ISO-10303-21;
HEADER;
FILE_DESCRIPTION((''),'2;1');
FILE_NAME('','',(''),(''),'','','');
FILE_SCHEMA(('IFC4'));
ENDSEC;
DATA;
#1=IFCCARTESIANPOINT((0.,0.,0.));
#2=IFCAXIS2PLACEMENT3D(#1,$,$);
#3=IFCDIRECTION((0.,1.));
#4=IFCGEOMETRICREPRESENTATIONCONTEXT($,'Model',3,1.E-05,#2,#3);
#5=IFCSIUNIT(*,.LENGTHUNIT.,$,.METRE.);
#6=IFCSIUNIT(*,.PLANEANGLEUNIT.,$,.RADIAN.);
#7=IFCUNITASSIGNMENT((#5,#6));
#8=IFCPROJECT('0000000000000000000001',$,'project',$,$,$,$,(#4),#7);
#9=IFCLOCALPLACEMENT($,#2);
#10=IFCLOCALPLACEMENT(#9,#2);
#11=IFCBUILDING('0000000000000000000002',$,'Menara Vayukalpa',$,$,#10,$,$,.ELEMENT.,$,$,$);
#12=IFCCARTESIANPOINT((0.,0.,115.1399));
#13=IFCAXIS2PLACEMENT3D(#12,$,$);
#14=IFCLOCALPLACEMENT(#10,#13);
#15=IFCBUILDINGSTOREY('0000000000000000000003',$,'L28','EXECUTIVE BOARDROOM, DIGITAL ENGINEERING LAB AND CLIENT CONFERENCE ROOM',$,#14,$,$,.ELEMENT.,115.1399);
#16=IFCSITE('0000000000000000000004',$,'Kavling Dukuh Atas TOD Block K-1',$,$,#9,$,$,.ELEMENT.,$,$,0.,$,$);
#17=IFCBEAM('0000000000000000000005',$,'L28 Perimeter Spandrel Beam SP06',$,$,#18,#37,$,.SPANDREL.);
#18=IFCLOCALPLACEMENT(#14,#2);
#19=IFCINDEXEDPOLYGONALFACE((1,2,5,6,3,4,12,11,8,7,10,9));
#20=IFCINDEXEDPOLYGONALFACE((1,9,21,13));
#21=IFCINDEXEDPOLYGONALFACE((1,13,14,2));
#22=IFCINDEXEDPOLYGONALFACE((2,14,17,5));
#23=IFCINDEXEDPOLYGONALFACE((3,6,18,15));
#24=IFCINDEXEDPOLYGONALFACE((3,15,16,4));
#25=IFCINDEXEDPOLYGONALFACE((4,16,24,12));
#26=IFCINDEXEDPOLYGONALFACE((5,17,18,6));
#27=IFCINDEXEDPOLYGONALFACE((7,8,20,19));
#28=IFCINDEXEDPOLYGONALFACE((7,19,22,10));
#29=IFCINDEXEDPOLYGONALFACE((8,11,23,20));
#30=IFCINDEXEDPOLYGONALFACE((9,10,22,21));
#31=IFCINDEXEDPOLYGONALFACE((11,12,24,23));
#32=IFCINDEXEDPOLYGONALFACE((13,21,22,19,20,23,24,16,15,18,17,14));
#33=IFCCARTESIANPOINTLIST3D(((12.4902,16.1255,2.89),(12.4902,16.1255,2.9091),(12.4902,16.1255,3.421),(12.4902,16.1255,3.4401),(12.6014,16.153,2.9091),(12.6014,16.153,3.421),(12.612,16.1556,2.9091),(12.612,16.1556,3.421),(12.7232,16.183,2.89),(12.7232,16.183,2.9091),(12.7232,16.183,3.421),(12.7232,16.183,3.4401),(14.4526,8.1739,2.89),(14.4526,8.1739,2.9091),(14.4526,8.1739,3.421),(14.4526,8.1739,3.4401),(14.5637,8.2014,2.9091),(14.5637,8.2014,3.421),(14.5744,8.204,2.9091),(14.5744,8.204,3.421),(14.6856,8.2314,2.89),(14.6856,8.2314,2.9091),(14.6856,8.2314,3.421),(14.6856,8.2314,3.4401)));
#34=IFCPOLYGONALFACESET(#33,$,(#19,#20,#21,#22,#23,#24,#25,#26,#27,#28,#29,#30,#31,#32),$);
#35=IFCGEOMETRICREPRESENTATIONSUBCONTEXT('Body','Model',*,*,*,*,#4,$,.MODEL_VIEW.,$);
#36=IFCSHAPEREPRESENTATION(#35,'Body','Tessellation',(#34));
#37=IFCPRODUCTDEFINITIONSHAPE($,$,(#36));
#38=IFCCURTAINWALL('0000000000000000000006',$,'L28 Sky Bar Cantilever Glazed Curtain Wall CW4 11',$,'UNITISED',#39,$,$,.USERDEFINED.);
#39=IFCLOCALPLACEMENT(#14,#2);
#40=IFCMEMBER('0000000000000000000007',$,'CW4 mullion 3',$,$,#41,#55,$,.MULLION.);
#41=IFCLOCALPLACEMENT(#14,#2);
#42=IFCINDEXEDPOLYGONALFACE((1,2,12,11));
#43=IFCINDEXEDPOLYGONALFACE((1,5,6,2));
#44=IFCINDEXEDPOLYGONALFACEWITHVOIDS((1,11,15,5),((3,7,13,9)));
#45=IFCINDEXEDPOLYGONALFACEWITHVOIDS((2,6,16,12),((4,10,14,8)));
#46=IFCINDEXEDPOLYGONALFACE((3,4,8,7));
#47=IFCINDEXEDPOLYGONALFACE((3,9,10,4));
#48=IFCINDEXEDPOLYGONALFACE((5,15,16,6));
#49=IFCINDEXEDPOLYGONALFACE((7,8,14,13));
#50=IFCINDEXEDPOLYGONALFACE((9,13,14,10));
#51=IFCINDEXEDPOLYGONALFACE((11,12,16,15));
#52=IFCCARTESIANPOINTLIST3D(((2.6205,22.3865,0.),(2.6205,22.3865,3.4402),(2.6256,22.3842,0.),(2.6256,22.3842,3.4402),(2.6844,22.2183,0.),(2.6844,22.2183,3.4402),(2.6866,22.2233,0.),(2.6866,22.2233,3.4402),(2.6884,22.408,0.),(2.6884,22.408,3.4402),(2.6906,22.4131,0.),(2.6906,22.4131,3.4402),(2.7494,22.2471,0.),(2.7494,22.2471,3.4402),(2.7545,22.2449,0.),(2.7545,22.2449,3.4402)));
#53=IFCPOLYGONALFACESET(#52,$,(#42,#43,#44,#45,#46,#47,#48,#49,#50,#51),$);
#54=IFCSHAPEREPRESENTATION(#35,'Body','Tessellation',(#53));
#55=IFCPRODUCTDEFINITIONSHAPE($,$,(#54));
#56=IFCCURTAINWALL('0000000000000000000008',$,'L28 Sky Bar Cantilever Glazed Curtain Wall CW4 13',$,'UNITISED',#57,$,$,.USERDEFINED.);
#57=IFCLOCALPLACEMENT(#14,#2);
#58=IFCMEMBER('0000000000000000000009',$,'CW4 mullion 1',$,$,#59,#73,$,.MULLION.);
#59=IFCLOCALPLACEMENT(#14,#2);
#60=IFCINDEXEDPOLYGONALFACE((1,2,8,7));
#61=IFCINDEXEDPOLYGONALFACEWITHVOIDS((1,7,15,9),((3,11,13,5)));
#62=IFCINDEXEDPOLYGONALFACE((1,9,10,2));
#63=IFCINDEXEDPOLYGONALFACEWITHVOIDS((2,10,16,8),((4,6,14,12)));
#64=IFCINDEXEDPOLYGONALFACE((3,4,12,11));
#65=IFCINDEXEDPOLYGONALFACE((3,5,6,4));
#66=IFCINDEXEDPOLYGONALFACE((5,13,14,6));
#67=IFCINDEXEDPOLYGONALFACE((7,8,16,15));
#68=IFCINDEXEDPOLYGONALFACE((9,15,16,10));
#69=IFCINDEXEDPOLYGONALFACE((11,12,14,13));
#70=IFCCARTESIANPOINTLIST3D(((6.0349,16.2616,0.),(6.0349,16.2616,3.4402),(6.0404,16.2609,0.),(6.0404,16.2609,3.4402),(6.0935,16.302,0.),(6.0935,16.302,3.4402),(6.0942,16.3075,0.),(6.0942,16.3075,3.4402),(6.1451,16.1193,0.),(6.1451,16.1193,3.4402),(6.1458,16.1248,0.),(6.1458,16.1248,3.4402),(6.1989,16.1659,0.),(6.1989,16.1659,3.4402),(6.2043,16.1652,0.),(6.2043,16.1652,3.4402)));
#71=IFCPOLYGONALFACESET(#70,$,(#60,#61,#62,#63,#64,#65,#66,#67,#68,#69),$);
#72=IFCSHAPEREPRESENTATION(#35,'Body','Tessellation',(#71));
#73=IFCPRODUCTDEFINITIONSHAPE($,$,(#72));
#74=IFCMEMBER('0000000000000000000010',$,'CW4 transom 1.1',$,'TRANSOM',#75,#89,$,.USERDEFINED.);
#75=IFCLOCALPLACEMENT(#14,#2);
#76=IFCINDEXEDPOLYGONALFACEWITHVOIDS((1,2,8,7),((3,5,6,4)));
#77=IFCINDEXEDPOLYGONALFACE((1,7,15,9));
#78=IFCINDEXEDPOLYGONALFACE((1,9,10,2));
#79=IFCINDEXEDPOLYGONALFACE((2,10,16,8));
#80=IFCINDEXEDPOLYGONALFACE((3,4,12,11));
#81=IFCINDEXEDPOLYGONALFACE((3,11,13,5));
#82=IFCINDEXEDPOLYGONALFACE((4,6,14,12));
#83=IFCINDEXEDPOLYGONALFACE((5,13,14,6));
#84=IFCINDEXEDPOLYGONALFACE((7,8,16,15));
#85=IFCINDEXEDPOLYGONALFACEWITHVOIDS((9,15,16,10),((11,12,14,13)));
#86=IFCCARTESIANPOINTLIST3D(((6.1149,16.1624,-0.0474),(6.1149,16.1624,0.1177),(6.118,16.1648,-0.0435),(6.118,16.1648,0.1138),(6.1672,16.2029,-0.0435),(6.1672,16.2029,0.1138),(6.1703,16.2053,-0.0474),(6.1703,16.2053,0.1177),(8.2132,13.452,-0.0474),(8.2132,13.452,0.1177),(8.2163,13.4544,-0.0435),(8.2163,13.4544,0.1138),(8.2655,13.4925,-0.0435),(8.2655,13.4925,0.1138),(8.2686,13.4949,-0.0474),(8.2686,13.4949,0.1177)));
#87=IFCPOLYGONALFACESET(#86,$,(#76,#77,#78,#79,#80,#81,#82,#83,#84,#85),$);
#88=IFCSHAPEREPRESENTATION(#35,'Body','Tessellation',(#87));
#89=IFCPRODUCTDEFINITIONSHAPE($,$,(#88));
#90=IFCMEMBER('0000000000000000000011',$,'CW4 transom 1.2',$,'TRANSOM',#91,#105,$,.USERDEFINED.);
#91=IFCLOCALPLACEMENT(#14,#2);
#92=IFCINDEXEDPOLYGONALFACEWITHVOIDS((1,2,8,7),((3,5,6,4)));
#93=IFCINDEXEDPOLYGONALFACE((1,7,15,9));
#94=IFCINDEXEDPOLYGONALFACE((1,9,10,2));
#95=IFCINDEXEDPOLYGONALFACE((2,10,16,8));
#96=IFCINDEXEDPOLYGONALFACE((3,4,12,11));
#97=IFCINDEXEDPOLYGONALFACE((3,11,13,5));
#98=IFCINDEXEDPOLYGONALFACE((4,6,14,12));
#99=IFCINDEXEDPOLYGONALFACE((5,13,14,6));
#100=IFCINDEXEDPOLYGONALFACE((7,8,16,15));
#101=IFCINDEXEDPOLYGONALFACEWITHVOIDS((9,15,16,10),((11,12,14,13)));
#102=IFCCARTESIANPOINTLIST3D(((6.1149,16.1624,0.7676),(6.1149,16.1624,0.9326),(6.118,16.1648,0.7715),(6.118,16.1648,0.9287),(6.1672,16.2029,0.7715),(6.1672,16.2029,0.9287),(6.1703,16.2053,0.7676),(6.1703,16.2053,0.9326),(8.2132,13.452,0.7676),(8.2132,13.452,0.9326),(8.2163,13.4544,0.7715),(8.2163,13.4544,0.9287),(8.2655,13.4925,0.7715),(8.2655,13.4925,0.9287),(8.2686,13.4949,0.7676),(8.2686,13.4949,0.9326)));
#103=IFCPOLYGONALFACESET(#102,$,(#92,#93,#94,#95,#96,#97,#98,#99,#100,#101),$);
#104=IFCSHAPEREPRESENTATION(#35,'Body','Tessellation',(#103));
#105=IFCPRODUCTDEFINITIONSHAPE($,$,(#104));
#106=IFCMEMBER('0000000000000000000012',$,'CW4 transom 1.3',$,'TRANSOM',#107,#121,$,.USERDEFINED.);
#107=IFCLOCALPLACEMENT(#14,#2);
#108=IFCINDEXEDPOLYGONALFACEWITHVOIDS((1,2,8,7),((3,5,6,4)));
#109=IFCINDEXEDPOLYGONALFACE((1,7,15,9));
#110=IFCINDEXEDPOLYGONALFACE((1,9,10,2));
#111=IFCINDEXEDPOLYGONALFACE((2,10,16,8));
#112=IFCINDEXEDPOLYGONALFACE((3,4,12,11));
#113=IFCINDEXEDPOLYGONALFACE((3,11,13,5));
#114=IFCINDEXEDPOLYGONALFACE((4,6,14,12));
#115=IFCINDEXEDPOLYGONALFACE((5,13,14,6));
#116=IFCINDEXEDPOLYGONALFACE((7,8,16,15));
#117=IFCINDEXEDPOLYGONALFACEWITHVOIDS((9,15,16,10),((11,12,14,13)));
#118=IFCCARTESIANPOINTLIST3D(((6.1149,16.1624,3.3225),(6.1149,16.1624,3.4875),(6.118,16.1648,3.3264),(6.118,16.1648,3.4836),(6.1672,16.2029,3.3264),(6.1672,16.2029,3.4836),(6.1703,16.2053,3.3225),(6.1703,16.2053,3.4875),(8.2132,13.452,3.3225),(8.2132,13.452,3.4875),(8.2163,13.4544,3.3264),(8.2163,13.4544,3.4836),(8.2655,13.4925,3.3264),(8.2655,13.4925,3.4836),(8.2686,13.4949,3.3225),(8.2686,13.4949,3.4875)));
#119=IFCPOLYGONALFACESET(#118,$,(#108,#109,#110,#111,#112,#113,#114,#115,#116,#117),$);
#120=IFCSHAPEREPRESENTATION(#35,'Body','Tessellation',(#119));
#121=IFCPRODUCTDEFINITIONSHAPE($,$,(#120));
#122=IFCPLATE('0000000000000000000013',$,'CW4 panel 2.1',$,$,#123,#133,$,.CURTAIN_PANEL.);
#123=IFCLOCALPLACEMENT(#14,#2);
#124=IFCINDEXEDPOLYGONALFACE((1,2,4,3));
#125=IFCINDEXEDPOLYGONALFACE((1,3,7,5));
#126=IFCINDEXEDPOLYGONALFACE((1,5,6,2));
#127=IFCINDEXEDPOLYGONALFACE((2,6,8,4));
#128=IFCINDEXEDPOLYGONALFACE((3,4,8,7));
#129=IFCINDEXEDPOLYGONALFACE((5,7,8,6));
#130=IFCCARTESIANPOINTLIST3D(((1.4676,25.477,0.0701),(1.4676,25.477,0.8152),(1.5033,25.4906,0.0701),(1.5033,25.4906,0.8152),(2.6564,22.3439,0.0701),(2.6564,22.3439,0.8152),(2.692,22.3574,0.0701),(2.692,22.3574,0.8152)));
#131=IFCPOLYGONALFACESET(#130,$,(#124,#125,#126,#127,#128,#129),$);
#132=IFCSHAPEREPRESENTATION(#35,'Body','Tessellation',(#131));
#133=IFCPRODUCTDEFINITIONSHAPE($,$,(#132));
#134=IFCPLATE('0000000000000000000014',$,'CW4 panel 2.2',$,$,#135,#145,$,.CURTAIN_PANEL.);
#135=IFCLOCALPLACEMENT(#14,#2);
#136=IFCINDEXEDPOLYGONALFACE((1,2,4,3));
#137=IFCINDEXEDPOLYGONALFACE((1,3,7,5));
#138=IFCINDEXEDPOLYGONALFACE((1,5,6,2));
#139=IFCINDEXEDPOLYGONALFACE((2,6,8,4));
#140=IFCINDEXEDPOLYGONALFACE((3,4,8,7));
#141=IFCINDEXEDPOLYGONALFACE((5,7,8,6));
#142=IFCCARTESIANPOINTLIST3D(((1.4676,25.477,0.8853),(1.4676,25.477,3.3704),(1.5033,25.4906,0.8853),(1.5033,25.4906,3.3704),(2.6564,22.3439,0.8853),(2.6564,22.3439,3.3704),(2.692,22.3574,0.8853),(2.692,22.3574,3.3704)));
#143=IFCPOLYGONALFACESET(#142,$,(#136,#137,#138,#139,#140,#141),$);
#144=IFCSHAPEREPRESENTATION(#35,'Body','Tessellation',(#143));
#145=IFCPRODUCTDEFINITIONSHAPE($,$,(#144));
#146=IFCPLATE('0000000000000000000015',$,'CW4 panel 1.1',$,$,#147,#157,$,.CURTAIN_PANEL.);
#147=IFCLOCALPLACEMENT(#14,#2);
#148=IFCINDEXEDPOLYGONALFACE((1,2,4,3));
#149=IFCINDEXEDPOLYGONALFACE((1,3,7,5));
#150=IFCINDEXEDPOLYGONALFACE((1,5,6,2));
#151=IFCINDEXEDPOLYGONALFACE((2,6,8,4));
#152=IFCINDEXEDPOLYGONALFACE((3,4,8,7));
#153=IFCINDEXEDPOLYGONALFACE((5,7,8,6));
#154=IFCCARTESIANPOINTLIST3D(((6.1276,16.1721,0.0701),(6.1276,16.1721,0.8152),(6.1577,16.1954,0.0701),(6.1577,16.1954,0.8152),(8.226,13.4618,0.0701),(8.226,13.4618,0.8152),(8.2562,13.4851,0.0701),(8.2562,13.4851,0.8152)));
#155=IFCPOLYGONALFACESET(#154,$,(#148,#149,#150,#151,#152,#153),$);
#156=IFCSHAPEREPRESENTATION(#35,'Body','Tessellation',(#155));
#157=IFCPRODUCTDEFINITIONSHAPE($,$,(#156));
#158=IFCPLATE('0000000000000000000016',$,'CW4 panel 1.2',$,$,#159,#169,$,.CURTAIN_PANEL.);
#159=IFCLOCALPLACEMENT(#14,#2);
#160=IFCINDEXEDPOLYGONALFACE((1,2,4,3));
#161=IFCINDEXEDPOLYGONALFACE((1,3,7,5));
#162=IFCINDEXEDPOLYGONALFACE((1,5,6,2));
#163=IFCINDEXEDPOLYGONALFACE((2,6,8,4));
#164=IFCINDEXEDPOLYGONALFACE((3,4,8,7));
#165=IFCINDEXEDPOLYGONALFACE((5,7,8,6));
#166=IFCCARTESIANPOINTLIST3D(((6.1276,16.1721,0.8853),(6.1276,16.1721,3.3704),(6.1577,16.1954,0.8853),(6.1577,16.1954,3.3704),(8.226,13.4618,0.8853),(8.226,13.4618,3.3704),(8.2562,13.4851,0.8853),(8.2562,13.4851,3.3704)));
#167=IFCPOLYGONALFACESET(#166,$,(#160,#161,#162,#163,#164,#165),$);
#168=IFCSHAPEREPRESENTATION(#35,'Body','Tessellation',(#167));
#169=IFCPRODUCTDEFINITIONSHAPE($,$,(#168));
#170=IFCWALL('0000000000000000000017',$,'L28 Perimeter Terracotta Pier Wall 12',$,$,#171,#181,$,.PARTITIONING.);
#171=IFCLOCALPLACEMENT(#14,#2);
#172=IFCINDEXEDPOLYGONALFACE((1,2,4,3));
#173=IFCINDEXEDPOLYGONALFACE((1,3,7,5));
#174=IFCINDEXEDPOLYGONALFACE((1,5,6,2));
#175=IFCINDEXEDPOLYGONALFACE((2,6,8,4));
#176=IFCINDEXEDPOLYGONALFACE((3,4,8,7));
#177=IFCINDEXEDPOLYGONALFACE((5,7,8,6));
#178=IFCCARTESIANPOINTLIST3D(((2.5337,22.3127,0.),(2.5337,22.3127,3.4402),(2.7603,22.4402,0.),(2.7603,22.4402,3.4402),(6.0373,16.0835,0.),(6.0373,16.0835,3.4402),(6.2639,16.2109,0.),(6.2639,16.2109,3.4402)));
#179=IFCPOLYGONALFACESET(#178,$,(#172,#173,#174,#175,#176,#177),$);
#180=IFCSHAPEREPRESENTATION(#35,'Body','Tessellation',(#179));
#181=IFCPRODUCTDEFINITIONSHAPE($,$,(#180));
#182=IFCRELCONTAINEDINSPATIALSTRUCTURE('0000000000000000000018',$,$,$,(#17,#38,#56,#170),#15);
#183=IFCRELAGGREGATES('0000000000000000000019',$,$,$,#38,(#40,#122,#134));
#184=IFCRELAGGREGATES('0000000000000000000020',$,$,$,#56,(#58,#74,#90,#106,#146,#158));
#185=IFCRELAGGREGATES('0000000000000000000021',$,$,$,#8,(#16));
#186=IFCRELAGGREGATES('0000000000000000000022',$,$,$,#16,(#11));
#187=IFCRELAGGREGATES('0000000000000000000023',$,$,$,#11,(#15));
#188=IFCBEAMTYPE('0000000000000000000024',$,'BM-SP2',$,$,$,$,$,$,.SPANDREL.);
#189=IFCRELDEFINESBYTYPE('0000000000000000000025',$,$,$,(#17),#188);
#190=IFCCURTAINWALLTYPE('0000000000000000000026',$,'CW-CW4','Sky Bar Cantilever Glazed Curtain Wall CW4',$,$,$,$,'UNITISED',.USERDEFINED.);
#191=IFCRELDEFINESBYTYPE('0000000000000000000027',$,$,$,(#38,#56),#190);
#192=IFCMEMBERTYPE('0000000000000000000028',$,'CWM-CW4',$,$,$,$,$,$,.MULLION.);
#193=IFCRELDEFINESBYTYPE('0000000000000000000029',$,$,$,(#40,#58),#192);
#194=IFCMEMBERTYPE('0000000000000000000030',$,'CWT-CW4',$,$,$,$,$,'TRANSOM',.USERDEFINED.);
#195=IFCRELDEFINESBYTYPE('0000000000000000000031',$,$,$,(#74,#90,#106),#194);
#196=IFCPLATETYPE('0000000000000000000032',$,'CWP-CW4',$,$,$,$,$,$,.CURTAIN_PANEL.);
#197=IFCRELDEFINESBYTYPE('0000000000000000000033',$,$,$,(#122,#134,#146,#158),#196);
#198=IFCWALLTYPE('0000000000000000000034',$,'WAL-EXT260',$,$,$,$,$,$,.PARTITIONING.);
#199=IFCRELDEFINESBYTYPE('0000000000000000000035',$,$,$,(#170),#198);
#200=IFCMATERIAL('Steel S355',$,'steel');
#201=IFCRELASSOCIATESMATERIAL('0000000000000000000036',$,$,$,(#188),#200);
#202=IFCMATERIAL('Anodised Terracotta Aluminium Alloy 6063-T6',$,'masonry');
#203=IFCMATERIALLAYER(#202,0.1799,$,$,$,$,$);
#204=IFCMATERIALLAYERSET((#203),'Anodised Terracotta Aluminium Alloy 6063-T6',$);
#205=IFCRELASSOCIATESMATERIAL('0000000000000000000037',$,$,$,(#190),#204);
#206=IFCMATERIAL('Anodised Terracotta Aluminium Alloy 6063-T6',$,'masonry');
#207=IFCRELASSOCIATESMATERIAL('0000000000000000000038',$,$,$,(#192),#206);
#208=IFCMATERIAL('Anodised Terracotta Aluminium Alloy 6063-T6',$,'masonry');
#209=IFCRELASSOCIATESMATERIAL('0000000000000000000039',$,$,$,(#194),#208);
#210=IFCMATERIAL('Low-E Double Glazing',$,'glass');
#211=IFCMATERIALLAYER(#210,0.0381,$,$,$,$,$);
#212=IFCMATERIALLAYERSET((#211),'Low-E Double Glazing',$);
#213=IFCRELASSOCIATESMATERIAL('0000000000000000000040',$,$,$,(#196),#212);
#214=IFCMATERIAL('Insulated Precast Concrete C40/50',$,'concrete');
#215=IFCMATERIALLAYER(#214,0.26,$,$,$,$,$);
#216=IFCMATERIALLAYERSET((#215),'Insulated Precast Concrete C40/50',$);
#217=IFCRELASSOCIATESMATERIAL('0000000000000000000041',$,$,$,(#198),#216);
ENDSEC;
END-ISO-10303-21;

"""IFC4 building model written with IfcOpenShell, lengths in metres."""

from ifc_helpers import new_model, si_unit, direction, frame, frame_2d, origin, origin_2d, place, context, subcontext, project, spatial, rectangle, hollow_rectangle, i_section, extrude, material, layer, layer_set, material_profile, profile_set, type_object, element, aggregate, save


model = new_model("IFC4")

# Units and contexts
model_context = context("Model", 3, precision=1e-05, world=origin(), true_north=direction((0.0, 1.0)))
body_context = subcontext(model_context, "Body", "Model", "MODEL_VIEW")
ifc_project = project(units=[si_unit("LENGTHUNIT", "METRE"), si_unit("PLANEANGLEUNIT", "RADIAN")], contexts=[model_context])

# Site, building, storey
site_placement = place(None, origin())
site = spatial("IfcSite", under=ifc_project, at=site_placement, Name="Kavling Dukuh Atas TOD Block K-1", CompositionType="ELEMENT", RefElevation=0.0)
building_placement = place(site_placement, origin())
building = spatial("IfcBuilding", under=site, at=building_placement, Name="Menara Vayukalpa", CompositionType="ELEMENT")
storey_placement = place(building_placement, frame((0.0, 0.0, 115.1399)))
storey = spatial("IfcBuildingStorey", under=building, at=storey_placement, Name="L28", Description="EXECUTIVE BOARDROOM, DIGITAL ENGINEERING LAB AND CLIENT CONFERENCE ROOM", CompositionType="ELEMENT", Elevation=115.1399)

# Beam
ifc_material_1 = material(Name="Steel S355", Category="steel")
ifc_material_profile_1 = material_profile(ifc_material_1, i_section(OverallWidth=0.24, OverallDepth=0.55, WebThickness=0.011, FlangeThickness=0.019, at=origin_2d()), Name="WF 550x240x11x19")
ifc_profile_set_1 = profile_set([ifc_material_profile_1], Name="Steel S355")
beam_type_1 = type_object("IfcBeamType", Name="BM-SP2", PredefinedType="SPANDREL", material=ifc_profile_set_1)
beam_1_placement = place(storey_placement, frame((12.6067, 16.1543, 3.165), z_axis=(0.239603, -0.970871, 0.0), x_axis=(0.970871, 0.239603, 0.0)))
element("IfcBeam", 1, at=beam_1_placement, inside=storey, type_object=beam_type_1, Name="L28 Perimeter Spandrel Beam SP06", PredefinedType="SPANDREL", context=body_context, shape_type="SweptSolid", body=[
    extrude(i_section(OverallWidth=0.24, OverallDepth=0.55, WebThickness=0.011, FlangeThickness=0.019, at=origin_2d()), origin(), (0.0, 0.0, 1.0), 8.1902),
])

# Curtain wall, member
ifc_material_2 = material(Name="Anodised Terracotta Aluminium Alloy 6063-T6", Category="masonry")
ifc_layer_1 = layer(ifc_material_2, 0.1799)
ifc_layer_set_1 = layer_set([ifc_layer_1], Name="Anodised Terracotta Aluminium Alloy 6063-T6")
curtain_wall_type = type_object("IfcCurtainWallType", Name="CW-CW4", Description="Sky Bar Cantilever Glazed Curtain Wall CW4", ElementType="UNITISED", PredefinedType="USERDEFINED", material=ifc_layer_set_1)
curtain_wall_1_placement = place(storey_placement, origin())
curtain_wall_1 = element("IfcCurtainWall", 2, at=curtain_wall_1_placement, inside=storey, type_object=curtain_wall_type, Name="L28 Sky Bar Cantilever Glazed Curtain Wall CW4 11", ObjectType="UNITISED", PredefinedType="USERDEFINED")
ifc_material_3 = material(Name="Anodised Terracotta Aluminium Alloy 6063-T6", Category="masonry")
ifc_material_profile_2 = material_profile(ifc_material_3, hollow_rectangle(XDim=0.075, YDim=0.1799, WallThickness=0.0039, at=origin_2d()), Name="ALU 75x180x4")
ifc_profile_set_2 = profile_set([ifc_material_profile_2], Name="Anodised Terracotta Aluminium Alloy 6063-T6")
member_type_1 = type_object("IfcMemberType", Name="CWM-CW4", PredefinedType="MULLION", material=ifc_profile_set_2)
member_1_placement = place(storey_placement, frame((2.6875, 22.3157, 0.0), z_axis=(0.0, 0.0, 1.0), x_axis=(0.934964, 0.354742, 0.0)))
member_1 = element("IfcMember", 3, at=member_1_placement, type_object=member_type_1, Name="CW4 mullion 3", PredefinedType="MULLION", context=body_context, shape_type="SweptSolid", body=[
    extrude(hollow_rectangle(XDim=0.075, YDim=0.1799, WallThickness=0.0039, at=origin_2d()), origin(), (0.0, 0.0, 1.0), 3.4402),
])

# Curtain wall, members
curtain_wall_2_placement = place(storey_placement, origin())
curtain_wall_2 = element("IfcCurtainWall", 4, at=curtain_wall_2_placement, inside=storey, type_object=curtain_wall_type, Name="L28 Sky Bar Cantilever Glazed Curtain Wall CW4 13", ObjectType="UNITISED", PredefinedType="USERDEFINED")
member_2_placement = place(storey_placement, frame((6.1196, 16.2134, 0.0), z_axis=(0.0, 0.0, 1.0), x_axis=(0.790712, 0.612189, 0.0)))
member_2 = element("IfcMember", 5, at=member_2_placement, type_object=member_type_1, Name="CW4 mullion 1", PredefinedType="MULLION", context=body_context, shape_type="SweptSolid", body=[
    extrude(hollow_rectangle(XDim=0.075, YDim=0.1799, WallThickness=0.0039, at=origin_2d()), origin(), (0.0, 0.0, 1.0), 3.4402),
])
ifc_material_4 = material(Name="Anodised Terracotta Aluminium Alloy 6063-T6", Category="masonry")
ifc_material_profile_3 = material_profile(ifc_material_4, hollow_rectangle(XDim=0.0701, YDim=0.165, WallThickness=0.0039, at=origin_2d()), Name="ALU 70x165x4")
ifc_profile_set_3 = profile_set([ifc_material_profile_3], Name="Anodised Terracotta Aluminium Alloy 6063-T6")
member_type_2 = type_object("IfcMemberType", Name="CWT-CW4", ElementType="TRANSOM", PredefinedType="USERDEFINED", material=ifc_profile_set_3)
member_3_placement = place(storey_placement, frame((6.1426, 16.1838, 0.0352), z_axis=(0.612169, -0.790727, 0.0), x_axis=(0.790727, 0.612169, 0.0)))
member_3 = element("IfcMember", 6, at=member_3_placement, type_object=member_type_2, Name="CW4 transom 1.1", ObjectType="TRANSOM", PredefinedType="USERDEFINED", context=body_context, shape_type="SweptSolid", body=[
    extrude(hollow_rectangle(XDim=0.0701, YDim=0.165, WallThickness=0.0039, at=origin_2d()), origin(), (0.0, 0.0, 1.0), 3.4277),
])
member_4_placement = place(storey_placement, frame((6.1426, 16.1838, 0.8501), z_axis=(0.612169, -0.790727, 0.0), x_axis=(0.790727, 0.612169, 0.0)))
member_4 = element("IfcMember", 7, at=member_4_placement, type_object=member_type_2, Name="CW4 transom 1.2", ObjectType="TRANSOM", PredefinedType="USERDEFINED", context=body_context, shape_type="SweptSolid", body=[
    extrude(hollow_rectangle(XDim=0.0701, YDim=0.165, WallThickness=0.0039, at=origin_2d()), origin(), (0.0, 0.0, 1.0), 3.4277),
])
member_5_placement = place(storey_placement, frame((6.1426, 16.1838, 3.405), z_axis=(0.612169, -0.790727, 0.0), x_axis=(0.790727, 0.612169, 0.0)))
member_5 = element("IfcMember", 8, at=member_5_placement, type_object=member_type_2, Name="CW4 transom 1.3", ObjectType="TRANSOM", PredefinedType="USERDEFINED", context=body_context, shape_type="SweptSolid", body=[
    extrude(hollow_rectangle(XDim=0.0701, YDim=0.165, WallThickness=0.0039, at=origin_2d()), origin(), (0.0, 0.0, 1.0), 3.4277),
])

# Plates
ifc_material_5 = material(Name="Low-E Double Glazing", Category="glass")
ifc_layer_2 = layer(ifc_material_5, 0.0381)
ifc_layer_set_2 = layer_set([ifc_layer_2], Name="Low-E Double Glazing")
plate_type = type_object("IfcPlateType", Name="CWP-CW4", PredefinedType="CURTAIN_PANEL", material=ifc_layer_set_2)
plate_1_placement = place(storey_placement, frame((2.0798, 23.9172, 0.0701), z_axis=(0.0, 0.0, 1.0), x_axis=(0.354742, -0.934964, 0.0)))
plate_1 = element("IfcPlate", 9, at=plate_1_placement, type_object=plate_type, Name="CW4 panel 2.1", PredefinedType="CURTAIN_PANEL", context=body_context, shape_type="SweptSolid", body=[
    extrude(rectangle(XDim=3.3511, YDim=0.0381, at=origin_2d()), origin(), (0.0, 0.0, 1.0), 0.7451),
])
plate_2_placement = place(storey_placement, frame((2.0798, 23.9172, 0.8853), z_axis=(0.0, 0.0, 1.0), x_axis=(0.354742, -0.934964, 0.0)))
plate_2 = element("IfcPlate", 10, at=plate_2_placement, type_object=plate_type, Name="CW4 panel 2.2", PredefinedType="CURTAIN_PANEL", context=body_context, shape_type="SweptSolid", body=[
    extrude(rectangle(XDim=3.3511, YDim=0.0381, at=origin_2d()), origin(), (0.0, 0.0, 1.0), 2.4851),
])
aggregate(curtain_wall_1, [member_1, plate_1, plate_2])
plate_3_placement = place(storey_placement, frame((7.1919, 14.8286, 0.0701), z_axis=(0.0, 0.0, 1.0), x_axis=(0.612189, -0.790712, 0.0)))
plate_3 = element("IfcPlate", 11, at=plate_3_placement, type_object=plate_type, Name="CW4 panel 1.1", PredefinedType="CURTAIN_PANEL", context=body_context, shape_type="SweptSolid", body=[
    extrude(rectangle(XDim=3.4277, YDim=0.0381, at=origin_2d()), origin(), (0.0, 0.0, 1.0), 0.7451),
])
plate_4_placement = place(storey_placement, frame((7.1919, 14.8286, 0.8853), z_axis=(0.0, 0.0, 1.0), x_axis=(0.612189, -0.790712, 0.0)))
plate_4 = element("IfcPlate", 12, at=plate_4_placement, type_object=plate_type, Name="CW4 panel 1.2", PredefinedType="CURTAIN_PANEL", context=body_context, shape_type="SweptSolid", body=[
    extrude(rectangle(XDim=3.4277, YDim=0.0381, at=origin_2d()), origin(), (0.0, 0.0, 1.0), 2.4851),
])
aggregate(curtain_wall_2, [member_2, member_3, member_4, member_5, plate_3, plate_4])

# Wall
ifc_material_6 = material(Name="Insulated Precast Concrete C40/50", Category="concrete")
ifc_layer_3 = layer(ifc_material_6, 0.26)
ifc_layer_set_3 = layer_set([ifc_layer_3], Name="Insulated Precast Concrete C40/50")
wall_type = type_object("IfcWallType", Name="WAL-EXT260", PredefinedType="PARTITIONING", material=ifc_layer_set_3)
wall_placement = place(storey_placement, frame((6.1506, 16.1472, 0.0), z_axis=(0.0, 0.0, 1.0), x_axis=(-0.49023, 0.871593, 0.0)))
element("IfcWall", 13, at=wall_placement, inside=storey, type_object=wall_type, Name="L28 Perimeter Terracotta Pier Wall 12", PredefinedType="PARTITIONING", context=body_context, shape_type="SweptSolid", body=[
    extrude(rectangle(XDim=7.147, YDim=0.26, at=frame_2d((3.5735, 0.0))), origin(), (0.0, 0.0, 1.0), 3.4402),
])

save(model, "model.ifc")
